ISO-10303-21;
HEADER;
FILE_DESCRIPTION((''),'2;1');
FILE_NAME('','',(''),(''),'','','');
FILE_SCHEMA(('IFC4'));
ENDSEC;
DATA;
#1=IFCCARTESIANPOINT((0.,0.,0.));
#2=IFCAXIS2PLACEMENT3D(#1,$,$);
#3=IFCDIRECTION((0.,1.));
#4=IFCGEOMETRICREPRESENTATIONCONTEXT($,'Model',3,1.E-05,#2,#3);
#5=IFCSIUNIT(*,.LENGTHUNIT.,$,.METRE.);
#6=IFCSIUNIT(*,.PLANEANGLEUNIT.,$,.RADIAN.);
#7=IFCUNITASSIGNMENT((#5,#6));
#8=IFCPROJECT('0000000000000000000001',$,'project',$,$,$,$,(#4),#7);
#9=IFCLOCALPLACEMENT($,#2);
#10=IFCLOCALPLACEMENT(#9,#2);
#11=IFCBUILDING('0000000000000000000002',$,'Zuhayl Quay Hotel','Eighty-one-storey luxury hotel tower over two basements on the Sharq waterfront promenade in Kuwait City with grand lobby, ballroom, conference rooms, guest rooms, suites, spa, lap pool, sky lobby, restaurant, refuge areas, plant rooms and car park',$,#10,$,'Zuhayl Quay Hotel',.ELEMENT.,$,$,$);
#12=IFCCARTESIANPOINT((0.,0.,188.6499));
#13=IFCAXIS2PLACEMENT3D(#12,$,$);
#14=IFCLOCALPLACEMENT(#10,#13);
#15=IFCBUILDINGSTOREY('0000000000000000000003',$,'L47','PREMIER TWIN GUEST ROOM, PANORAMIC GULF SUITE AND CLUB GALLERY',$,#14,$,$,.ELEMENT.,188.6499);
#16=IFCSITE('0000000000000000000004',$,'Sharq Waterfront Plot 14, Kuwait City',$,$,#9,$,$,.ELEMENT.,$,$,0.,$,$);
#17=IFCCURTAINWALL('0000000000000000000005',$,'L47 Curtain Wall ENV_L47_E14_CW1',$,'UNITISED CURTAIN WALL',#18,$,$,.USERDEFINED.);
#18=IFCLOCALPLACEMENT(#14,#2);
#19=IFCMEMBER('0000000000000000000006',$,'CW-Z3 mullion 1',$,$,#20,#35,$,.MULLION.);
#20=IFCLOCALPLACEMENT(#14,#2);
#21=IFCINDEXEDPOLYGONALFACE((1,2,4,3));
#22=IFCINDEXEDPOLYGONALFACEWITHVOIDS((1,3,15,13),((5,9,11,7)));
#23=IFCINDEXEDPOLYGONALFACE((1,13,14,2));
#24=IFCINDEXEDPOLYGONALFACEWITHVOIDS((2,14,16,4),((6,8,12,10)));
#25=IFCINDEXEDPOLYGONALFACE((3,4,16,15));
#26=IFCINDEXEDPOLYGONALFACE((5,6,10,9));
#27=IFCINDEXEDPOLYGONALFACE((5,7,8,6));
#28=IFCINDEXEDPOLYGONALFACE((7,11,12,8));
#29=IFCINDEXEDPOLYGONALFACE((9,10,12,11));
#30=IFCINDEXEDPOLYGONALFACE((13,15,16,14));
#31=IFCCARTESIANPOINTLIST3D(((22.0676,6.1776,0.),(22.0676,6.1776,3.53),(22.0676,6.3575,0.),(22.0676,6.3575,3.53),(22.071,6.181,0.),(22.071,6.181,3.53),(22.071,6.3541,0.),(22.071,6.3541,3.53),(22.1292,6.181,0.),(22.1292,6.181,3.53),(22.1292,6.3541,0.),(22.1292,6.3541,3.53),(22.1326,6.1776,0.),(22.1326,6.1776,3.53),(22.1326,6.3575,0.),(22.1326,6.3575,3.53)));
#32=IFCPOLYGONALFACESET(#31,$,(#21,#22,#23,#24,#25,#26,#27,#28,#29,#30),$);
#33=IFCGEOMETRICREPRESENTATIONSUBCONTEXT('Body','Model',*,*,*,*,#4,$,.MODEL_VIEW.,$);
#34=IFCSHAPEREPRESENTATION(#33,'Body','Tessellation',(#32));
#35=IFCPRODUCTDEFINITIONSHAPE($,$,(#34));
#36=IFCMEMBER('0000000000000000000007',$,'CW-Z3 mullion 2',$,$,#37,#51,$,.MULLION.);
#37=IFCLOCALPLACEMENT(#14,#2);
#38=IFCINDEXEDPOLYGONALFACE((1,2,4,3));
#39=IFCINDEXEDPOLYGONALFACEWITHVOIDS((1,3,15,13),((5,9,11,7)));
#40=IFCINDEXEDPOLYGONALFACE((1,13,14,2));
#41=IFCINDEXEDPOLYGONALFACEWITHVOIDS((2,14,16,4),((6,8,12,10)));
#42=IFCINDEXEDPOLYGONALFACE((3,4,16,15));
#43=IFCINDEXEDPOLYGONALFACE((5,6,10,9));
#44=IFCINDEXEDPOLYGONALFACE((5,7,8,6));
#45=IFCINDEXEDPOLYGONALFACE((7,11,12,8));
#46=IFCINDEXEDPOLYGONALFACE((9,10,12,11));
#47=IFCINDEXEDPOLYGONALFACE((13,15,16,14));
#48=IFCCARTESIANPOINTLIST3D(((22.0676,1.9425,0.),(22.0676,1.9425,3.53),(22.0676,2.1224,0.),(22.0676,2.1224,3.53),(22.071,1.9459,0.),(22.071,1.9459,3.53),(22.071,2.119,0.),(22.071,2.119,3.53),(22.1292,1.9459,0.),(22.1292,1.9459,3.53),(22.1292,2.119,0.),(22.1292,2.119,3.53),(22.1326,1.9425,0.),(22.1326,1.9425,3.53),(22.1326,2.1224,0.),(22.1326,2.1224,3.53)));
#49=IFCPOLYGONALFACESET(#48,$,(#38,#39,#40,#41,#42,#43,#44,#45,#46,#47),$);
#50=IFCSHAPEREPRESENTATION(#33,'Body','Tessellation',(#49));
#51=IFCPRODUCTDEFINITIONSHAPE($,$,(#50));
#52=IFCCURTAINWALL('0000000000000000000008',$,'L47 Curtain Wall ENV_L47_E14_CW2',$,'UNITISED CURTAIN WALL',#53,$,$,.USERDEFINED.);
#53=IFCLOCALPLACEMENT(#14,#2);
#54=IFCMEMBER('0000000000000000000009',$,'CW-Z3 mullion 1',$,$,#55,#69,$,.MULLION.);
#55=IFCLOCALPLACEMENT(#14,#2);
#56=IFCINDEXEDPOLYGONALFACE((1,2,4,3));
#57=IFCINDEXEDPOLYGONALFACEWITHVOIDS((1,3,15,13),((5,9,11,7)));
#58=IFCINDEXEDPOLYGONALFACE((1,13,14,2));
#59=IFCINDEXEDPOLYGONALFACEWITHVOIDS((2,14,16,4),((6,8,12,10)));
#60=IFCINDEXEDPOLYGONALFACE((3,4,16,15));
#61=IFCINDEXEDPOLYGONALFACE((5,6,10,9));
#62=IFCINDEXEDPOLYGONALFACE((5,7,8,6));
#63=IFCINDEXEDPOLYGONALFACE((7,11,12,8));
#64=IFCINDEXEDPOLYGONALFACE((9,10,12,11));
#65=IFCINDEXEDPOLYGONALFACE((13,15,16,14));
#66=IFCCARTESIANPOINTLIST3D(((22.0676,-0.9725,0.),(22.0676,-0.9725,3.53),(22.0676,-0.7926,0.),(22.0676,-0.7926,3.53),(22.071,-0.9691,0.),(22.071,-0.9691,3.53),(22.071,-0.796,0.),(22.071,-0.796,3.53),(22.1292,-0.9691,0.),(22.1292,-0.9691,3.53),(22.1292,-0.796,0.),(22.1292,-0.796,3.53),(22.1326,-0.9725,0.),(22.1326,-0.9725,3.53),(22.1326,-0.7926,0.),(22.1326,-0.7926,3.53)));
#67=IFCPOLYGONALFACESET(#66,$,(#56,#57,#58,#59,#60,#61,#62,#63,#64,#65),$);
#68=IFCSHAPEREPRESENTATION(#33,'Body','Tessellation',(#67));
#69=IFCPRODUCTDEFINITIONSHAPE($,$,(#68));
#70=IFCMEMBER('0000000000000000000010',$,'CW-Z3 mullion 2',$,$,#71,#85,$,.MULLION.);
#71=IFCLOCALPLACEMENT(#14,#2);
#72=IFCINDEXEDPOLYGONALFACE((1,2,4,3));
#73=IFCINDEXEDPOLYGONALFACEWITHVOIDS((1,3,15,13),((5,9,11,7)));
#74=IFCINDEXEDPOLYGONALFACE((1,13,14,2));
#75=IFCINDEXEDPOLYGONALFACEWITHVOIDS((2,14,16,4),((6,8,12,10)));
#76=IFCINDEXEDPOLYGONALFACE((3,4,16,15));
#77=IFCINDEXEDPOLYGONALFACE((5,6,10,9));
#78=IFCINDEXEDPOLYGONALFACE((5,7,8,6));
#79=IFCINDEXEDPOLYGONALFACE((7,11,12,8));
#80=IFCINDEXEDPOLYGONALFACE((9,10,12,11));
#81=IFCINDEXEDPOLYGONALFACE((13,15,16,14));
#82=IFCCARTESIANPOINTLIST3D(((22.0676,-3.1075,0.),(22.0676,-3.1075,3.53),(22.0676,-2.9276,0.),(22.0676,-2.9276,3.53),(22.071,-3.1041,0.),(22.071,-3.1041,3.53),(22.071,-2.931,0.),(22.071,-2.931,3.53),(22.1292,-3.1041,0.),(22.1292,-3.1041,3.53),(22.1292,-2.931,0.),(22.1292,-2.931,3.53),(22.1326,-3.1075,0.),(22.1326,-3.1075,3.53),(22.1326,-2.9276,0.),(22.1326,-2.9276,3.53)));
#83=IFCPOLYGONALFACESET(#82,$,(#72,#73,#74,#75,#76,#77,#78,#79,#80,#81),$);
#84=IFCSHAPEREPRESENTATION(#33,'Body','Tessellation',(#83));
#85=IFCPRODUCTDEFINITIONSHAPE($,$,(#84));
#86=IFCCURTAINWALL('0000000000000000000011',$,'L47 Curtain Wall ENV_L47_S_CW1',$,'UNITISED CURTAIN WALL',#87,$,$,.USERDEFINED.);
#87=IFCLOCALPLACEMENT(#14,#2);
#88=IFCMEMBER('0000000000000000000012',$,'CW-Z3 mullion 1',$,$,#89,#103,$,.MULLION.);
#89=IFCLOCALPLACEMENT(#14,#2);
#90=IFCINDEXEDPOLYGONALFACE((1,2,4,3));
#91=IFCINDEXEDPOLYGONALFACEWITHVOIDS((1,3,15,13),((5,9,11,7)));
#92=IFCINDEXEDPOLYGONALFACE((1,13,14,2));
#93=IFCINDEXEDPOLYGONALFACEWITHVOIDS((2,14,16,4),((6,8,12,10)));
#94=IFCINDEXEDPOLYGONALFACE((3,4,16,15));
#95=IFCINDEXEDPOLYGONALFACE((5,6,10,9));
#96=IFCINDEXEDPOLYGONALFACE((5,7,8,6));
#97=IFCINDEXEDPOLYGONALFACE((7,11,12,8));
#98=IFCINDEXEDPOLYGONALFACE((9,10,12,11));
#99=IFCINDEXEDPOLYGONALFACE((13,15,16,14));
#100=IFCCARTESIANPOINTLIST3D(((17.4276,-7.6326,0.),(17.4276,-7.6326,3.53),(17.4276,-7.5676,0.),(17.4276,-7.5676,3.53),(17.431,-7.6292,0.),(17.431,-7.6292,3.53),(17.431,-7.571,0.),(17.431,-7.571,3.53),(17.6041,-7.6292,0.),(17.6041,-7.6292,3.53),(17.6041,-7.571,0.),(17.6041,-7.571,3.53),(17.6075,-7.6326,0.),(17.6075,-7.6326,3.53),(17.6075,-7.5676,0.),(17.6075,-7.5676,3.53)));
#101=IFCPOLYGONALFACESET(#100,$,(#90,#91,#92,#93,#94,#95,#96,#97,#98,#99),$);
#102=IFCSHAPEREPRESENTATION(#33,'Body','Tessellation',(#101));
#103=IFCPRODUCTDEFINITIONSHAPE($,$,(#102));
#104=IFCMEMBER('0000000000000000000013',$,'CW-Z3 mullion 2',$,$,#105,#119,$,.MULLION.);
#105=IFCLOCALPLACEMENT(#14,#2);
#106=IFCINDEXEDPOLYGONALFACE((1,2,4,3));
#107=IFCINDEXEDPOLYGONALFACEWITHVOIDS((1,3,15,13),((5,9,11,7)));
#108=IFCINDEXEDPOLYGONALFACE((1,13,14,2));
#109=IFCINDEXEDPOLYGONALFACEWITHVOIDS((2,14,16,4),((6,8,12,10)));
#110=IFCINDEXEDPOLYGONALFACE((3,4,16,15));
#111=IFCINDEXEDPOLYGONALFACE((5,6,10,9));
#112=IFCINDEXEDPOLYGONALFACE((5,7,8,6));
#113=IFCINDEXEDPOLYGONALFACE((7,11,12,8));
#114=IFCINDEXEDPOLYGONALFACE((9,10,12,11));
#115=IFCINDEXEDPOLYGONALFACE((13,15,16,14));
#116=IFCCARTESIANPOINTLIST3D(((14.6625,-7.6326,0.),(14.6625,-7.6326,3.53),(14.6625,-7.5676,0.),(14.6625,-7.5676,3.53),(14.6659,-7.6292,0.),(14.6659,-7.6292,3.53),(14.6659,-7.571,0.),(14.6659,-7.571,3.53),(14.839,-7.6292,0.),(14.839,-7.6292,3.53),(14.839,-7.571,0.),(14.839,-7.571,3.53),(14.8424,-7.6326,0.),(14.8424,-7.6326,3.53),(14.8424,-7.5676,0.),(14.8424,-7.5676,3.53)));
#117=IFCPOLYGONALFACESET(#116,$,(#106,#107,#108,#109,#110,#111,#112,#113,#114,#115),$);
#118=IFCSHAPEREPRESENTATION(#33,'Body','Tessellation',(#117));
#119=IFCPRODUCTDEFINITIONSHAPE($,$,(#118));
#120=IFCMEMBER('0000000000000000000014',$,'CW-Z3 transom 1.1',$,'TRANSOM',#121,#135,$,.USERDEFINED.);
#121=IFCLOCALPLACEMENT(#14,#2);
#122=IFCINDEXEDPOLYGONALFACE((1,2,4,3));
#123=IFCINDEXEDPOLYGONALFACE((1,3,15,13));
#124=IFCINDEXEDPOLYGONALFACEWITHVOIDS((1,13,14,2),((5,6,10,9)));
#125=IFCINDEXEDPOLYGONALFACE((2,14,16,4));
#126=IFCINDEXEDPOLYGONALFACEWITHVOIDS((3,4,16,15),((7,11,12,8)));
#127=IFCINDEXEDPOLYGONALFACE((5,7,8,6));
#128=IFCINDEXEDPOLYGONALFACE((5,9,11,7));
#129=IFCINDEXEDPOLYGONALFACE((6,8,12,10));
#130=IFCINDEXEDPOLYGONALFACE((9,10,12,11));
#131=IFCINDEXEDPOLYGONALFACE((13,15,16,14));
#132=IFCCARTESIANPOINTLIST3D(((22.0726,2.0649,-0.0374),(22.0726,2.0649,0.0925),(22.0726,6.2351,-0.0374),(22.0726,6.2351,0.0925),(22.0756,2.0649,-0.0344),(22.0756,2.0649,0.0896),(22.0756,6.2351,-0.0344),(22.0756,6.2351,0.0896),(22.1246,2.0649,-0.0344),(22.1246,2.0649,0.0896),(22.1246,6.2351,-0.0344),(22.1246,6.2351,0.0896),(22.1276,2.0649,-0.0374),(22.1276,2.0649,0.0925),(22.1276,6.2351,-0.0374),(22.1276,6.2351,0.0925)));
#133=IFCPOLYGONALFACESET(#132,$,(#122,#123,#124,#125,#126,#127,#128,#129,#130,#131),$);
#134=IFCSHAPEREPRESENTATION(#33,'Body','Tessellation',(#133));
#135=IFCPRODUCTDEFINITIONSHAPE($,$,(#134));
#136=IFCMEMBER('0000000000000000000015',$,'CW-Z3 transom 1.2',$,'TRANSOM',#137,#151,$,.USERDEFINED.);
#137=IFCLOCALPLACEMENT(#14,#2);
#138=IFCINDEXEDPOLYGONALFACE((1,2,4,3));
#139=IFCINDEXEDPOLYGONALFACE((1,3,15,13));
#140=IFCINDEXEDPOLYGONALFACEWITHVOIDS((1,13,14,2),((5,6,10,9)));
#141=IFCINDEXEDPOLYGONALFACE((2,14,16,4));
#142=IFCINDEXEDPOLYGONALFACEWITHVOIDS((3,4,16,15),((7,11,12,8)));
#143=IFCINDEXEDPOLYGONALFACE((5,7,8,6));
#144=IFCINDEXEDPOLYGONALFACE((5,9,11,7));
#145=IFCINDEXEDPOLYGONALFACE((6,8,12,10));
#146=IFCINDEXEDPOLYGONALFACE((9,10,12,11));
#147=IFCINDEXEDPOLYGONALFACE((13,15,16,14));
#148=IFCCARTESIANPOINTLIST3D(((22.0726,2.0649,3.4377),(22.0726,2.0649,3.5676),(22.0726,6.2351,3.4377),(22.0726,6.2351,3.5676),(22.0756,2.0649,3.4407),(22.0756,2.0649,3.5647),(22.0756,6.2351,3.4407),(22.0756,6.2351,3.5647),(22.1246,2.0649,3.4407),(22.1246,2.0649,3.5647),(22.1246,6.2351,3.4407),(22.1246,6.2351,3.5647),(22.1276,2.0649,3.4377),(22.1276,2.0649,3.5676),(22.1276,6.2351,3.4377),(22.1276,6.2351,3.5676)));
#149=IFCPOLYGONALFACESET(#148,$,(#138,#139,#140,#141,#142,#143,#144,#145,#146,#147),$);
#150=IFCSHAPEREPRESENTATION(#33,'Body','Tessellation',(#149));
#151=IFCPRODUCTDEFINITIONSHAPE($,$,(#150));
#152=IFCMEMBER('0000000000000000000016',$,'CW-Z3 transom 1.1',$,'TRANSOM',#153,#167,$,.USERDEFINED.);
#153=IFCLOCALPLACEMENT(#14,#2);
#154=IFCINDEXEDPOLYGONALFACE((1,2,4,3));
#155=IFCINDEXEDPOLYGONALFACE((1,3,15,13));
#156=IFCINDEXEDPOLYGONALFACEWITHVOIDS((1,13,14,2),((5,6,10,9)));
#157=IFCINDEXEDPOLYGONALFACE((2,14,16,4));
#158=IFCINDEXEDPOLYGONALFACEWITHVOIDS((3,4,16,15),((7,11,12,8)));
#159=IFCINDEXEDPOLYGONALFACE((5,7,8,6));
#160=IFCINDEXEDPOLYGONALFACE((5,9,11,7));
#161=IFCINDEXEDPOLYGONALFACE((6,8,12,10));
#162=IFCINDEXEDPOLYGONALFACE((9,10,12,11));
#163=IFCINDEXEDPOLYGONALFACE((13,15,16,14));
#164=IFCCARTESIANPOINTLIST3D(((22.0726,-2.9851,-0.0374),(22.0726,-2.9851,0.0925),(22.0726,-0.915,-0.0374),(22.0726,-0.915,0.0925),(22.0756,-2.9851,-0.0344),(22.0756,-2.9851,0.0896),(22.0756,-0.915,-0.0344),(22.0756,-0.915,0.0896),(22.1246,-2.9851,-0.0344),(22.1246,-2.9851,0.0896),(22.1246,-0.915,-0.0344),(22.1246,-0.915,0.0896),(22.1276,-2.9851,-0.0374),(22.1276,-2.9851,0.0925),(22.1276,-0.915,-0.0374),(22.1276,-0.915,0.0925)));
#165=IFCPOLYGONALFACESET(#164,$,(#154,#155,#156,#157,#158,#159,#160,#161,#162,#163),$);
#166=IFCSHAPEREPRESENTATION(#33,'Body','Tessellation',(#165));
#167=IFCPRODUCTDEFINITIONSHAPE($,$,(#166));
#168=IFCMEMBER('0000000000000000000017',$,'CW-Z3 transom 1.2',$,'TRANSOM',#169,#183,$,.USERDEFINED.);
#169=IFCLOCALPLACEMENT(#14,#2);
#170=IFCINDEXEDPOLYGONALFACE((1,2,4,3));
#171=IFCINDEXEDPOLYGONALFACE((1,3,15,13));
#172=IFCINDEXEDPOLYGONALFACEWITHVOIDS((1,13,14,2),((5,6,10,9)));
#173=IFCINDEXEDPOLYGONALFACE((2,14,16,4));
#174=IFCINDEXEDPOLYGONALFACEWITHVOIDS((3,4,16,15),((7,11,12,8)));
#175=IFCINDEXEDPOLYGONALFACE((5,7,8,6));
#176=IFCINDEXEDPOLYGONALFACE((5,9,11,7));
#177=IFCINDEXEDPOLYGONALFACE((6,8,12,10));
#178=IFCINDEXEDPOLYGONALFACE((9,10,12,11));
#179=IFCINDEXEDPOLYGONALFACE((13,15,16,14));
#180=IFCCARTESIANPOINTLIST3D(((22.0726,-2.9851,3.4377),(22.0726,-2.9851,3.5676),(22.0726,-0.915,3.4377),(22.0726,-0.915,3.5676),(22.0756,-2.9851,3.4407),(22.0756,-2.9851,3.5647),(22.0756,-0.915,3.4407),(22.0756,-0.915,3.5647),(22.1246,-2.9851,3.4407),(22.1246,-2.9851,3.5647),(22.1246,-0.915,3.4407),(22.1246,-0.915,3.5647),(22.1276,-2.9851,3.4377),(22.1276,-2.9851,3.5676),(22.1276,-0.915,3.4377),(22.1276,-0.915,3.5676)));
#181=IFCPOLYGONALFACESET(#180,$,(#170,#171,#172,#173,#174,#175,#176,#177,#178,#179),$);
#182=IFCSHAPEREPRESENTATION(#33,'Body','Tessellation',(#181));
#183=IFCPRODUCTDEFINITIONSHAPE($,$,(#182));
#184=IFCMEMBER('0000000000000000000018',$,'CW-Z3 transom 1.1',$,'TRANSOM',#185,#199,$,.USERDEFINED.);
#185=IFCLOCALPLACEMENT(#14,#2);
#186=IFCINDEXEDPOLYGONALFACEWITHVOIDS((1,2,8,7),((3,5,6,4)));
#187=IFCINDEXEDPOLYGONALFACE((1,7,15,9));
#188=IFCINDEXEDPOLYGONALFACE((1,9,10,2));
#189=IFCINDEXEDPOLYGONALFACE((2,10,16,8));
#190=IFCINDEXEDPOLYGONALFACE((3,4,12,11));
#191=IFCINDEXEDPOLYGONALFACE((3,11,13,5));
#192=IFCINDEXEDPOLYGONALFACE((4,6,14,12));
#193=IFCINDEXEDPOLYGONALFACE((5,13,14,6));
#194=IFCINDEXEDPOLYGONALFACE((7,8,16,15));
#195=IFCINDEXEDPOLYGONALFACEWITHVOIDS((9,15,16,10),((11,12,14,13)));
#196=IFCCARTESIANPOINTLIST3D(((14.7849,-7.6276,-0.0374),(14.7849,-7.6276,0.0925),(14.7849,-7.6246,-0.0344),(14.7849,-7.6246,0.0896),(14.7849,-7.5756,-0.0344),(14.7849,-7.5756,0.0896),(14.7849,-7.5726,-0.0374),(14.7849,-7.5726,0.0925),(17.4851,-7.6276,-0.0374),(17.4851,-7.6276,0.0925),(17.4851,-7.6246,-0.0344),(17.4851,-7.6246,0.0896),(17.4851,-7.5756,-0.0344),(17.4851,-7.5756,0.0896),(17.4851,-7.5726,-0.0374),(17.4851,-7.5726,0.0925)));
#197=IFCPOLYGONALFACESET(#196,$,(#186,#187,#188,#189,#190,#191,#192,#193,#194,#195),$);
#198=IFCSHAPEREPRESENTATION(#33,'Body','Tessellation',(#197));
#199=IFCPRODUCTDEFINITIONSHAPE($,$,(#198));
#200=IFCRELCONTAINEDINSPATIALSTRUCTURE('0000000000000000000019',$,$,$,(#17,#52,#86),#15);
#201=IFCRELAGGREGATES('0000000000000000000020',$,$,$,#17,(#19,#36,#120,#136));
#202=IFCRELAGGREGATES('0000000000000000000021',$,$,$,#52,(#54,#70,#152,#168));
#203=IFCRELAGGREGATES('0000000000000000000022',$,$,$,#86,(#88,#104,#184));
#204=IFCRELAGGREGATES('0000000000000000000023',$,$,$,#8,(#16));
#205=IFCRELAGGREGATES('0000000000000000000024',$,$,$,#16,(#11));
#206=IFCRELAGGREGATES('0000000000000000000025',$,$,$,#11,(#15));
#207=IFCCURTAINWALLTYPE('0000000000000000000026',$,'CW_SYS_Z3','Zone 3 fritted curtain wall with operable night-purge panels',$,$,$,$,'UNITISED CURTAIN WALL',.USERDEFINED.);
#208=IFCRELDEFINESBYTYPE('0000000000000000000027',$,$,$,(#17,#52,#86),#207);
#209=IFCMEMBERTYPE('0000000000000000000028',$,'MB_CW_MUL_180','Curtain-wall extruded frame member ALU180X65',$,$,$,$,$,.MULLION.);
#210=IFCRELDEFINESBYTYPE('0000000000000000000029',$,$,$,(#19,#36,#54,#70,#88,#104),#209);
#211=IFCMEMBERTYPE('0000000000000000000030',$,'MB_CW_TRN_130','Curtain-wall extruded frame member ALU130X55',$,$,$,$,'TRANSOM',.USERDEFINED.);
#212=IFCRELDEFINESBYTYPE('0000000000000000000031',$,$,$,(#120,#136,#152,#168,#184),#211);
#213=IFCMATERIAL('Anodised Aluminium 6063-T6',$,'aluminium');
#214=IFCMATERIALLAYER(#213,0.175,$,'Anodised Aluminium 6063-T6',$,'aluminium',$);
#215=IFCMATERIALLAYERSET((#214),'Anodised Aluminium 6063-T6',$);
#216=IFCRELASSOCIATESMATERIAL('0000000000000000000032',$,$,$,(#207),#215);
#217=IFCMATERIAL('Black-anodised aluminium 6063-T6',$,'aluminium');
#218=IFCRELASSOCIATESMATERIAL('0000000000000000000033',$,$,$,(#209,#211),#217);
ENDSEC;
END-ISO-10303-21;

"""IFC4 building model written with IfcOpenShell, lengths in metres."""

from ifc_helpers import new_model, si_unit, direction, frame, origin, origin_2d, place, context, subcontext, project, spatial, hollow_rectangle, extrude, material, layer, layer_set, material_profile, profile_set, type_object, element, aggregate, save


model = new_model("IFC4")

# Units and contexts
model_context = context("Model", 3, precision=1e-05, world=origin(), true_north=direction((0.0, 1.0)))
body_context = subcontext(model_context, "Body", "Model", "MODEL_VIEW")
ifc_project = project(units=[si_unit("LENGTHUNIT", "METRE"), si_unit("PLANEANGLEUNIT", "RADIAN")], contexts=[model_context])

# Site, building, storey
site_placement = place(None, origin())
site = spatial("IfcSite", under=ifc_project, at=site_placement, Name="Sharq Waterfront Plot 14, Kuwait City", CompositionType="ELEMENT", RefElevation=0.0)
building_placement = place(site_placement, origin())
building = spatial("IfcBuilding", under=site, at=building_placement, Name="Zuhayl Quay Hotel", Description="Eighty-one-storey luxury hotel tower over two basements on the Sharq waterfront promenade in Kuwait City with grand lobby, ballroom, conference rooms, guest rooms, suites, spa, lap pool, sky lobby, restaurant, refuge areas, plant rooms and car park", LongName="Zuhayl Quay Hotel", CompositionType="ELEMENT")
storey_placement = place(building_placement, frame((0.0, 0.0, 188.6499)))
storey = spatial("IfcBuildingStorey", under=building, at=storey_placement, Name="L47", Description="PREMIER TWIN GUEST ROOM, PANORAMIC GULF SUITE AND CLUB GALLERY", CompositionType="ELEMENT", Elevation=188.6499)

# Curtain walls, members
ifc_material_1 = material(Name="Anodised Aluminium 6063-T6", Category="aluminium")
ifc_layer_1 = layer(ifc_material_1, 0.175, Name="Anodised Aluminium 6063-T6", Category="aluminium")
ifc_layer_set_1 = layer_set([ifc_layer_1], Name="Anodised Aluminium 6063-T6")
curtain_wall_type = type_object("IfcCurtainWallType", Name="CW_SYS_Z3", Description="Zone 3 fritted curtain wall with operable night-purge panels", ElementType="UNITISED CURTAIN WALL", PredefinedType="USERDEFINED", material=ifc_layer_set_1)
curtain_wall_1_placement = place(storey_placement, origin())
curtain_wall_1 = element("IfcCurtainWall", 1, at=curtain_wall_1_placement, inside=storey, type_object=curtain_wall_type, Name="L47 Curtain Wall ENV_L47_E14_CW1", ObjectType="UNITISED CURTAIN WALL", PredefinedType="USERDEFINED")
ifc_material_2 = material(Name="Black-anodised aluminium 6063-T6", Category="aluminium")
ifc_material_profile_1 = material_profile(ifc_material_2, hollow_rectangle(XDim=0.0649, YDim=0.1799, WallThickness=0.0034, at=origin_2d()), Name="ALU180X65")
ifc_profile_set_1 = profile_set([ifc_material_profile_1], Name="Black-anodised aluminium 6063-T6")
member_type_1 = type_object("IfcMemberType", Name="MB_CW_MUL_180", Description="Curtain-wall extruded frame member ALU180X65", PredefinedType="MULLION", material=ifc_profile_set_1)
member_1_placement = place(storey_placement, frame((22.1001, 6.2676, 0.0), z_axis=(0.0, 0.0, 1.0), x_axis=(1.0, 0.0, 0.0)))
member_1 = element("IfcMember", 2, at=member_1_placement, type_object=member_type_1, Name="CW-Z3 mullion 1", PredefinedType="MULLION", context=body_context, shape_type="SweptSolid", body=[
    extrude(hollow_rectangle(XDim=0.0649, YDim=0.1799, WallThickness=0.0034, at=origin_2d()), origin(), (0.0, 0.0, 1.0), 3.53),
])
member_2_placement = place(storey_placement, frame((22.1001, 2.0325, 0.0), z_axis=(0.0, 0.0, 1.0), x_axis=(1.0, 0.0, 0.0)))
member_2 = element("IfcMember", 3, at=member_2_placement, type_object=member_type_1, Name="CW-Z3 mullion 2", PredefinedType="MULLION", context=body_context, shape_type="SweptSolid", body=[
    extrude(hollow_rectangle(XDim=0.0649, YDim=0.1799, WallThickness=0.0034, at=origin_2d()), origin(), (0.0, 0.0, 1.0), 3.53),
])
curtain_wall_2_placement = place(storey_placement, origin())
curtain_wall_2 = element("IfcCurtainWall", 4, at=curtain_wall_2_placement, inside=storey, type_object=curtain_wall_type, Name="L47 Curtain Wall ENV_L47_E14_CW2", ObjectType="UNITISED CURTAIN WALL", PredefinedType="USERDEFINED")
member_3_placement = place(storey_placement, frame((22.1001, -0.8826, 0.0), z_axis=(0.0, 0.0, 1.0), x_axis=(1.0, 0.0, 0.0)))
member_3 = element("IfcMember", 5, at=member_3_placement, type_object=member_type_1, Name="CW-Z3 mullion 1", PredefinedType="MULLION", context=body_context, shape_type="SweptSolid", body=[
    extrude(hollow_rectangle(XDim=0.0649, YDim=0.1799, WallThickness=0.0034, at=origin_2d()), origin(), (0.0, 0.0, 1.0), 3.53),
])
member_4_placement = place(storey_placement, frame((22.1001, -3.0176, 0.0), z_axis=(0.0, 0.0, 1.0), x_axis=(1.0, 0.0, 0.0)))
member_4 = element("IfcMember", 6, at=member_4_placement, type_object=member_type_1, Name="CW-Z3 mullion 2", PredefinedType="MULLION", context=body_context, shape_type="SweptSolid", body=[
    extrude(hollow_rectangle(XDim=0.0649, YDim=0.1799, WallThickness=0.0034, at=origin_2d()), origin(), (0.0, 0.0, 1.0), 3.53),
])
curtain_wall_3_placement = place(storey_placement, origin())
curtain_wall_3 = element("IfcCurtainWall", 7, at=curtain_wall_3_placement, inside=storey, type_object=curtain_wall_type, Name="L47 Curtain Wall ENV_L47_S_CW1", ObjectType="UNITISED CURTAIN WALL", PredefinedType="USERDEFINED")
member_5_placement = place(storey_placement, frame((17.5176, -7.6001, 0.0), z_axis=(0.0, 0.0, 1.0), x_axis=(0.0, -1.0, 0.0)))
member_5 = element("IfcMember", 8, at=member_5_placement, type_object=member_type_1, Name="CW-Z3 mullion 1", PredefinedType="MULLION", context=body_context, shape_type="SweptSolid", body=[
    extrude(hollow_rectangle(XDim=0.0649, YDim=0.1799, WallThickness=0.0034, at=origin_2d()), origin(), (0.0, 0.0, 1.0), 3.53),
])
member_6_placement = place(storey_placement, frame((14.7524, -7.6001, 0.0), z_axis=(0.0, 0.0, 1.0), x_axis=(0.0, -1.0, 0.0)))
member_6 = element("IfcMember", 9, at=member_6_placement, type_object=member_type_1, Name="CW-Z3 mullion 2", PredefinedType="MULLION", context=body_context, shape_type="SweptSolid", body=[
    extrude(hollow_rectangle(XDim=0.0649, YDim=0.1799, WallThickness=0.0034, at=origin_2d()), origin(), (0.0, 0.0, 1.0), 3.53),
])

# Members
ifc_material_profile_2 = material_profile(ifc_material_2, hollow_rectangle(XDim=0.0549, YDim=0.1299, WallThickness=0.0029, at=origin_2d()), Name="ALU130X55")
ifc_profile_set_2 = profile_set([ifc_material_profile_2], Name="Black-anodised aluminium 6063-T6")
member_type_2 = type_object("IfcMemberType", Name="MB_CW_TRN_130", Description="Curtain-wall extruded frame member ALU130X55", ElementType="TRANSOM", PredefinedType="USERDEFINED", material=ifc_profile_set_2)
member_7_placement = place(storey_placement, frame((22.1001, 6.2351, 0.0276), z_axis=(0.0, -1.0, 0.0), x_axis=(1.0, 0.0, 0.0)))
member_7 = element("IfcMember", 10, at=member_7_placement, type_object=member_type_2, Name="CW-Z3 transom 1.1", ObjectType="TRANSOM", PredefinedType="USERDEFINED", context=body_context, shape_type="SweptSolid", body=[
    extrude(hollow_rectangle(XDim=0.0549, YDim=0.1299, WallThickness=0.0029, at=origin_2d()), origin(), (0.0, 0.0, 1.0), 4.1702),
])
member_8_placement = place(storey_placement, frame((22.1001, 6.2351, 3.5027), z_axis=(0.0, -1.0, 0.0), x_axis=(1.0, 0.0, 0.0)))
member_8 = element("IfcMember", 11, at=member_8_placement, type_object=member_type_2, Name="CW-Z3 transom 1.2", ObjectType="TRANSOM", PredefinedType="USERDEFINED", context=body_context, shape_type="SweptSolid", body=[
    extrude(hollow_rectangle(XDim=0.0549, YDim=0.1299, WallThickness=0.0029, at=origin_2d()), origin(), (0.0, 0.0, 1.0), 4.1702),
])
member_9_placement = place(storey_placement, frame((22.1001, -0.915, 0.0276), z_axis=(0.0, -1.0, 0.0), x_axis=(1.0, 0.0, 0.0)))
member_9 = element("IfcMember", 12, at=member_9_placement, type_object=member_type_2, Name="CW-Z3 transom 1.1", ObjectType="TRANSOM", PredefinedType="USERDEFINED", context=body_context, shape_type="SweptSolid", body=[
    extrude(hollow_rectangle(XDim=0.0549, YDim=0.1299, WallThickness=0.0029, at=origin_2d()), origin(), (0.0, 0.0, 1.0), 2.0701),
])
member_10_placement = place(storey_placement, frame((22.1001, -0.915, 3.5027), z_axis=(0.0, -1.0, 0.0), x_axis=(1.0, 0.0, 0.0)))
member_10 = element("IfcMember", 13, at=member_10_placement, type_object=member_type_2, Name="CW-Z3 transom 1.2", ObjectType="TRANSOM", PredefinedType="USERDEFINED", context=body_context, shape_type="SweptSolid", body=[
    extrude(hollow_rectangle(XDim=0.0549, YDim=0.1299, WallThickness=0.0029, at=origin_2d()), origin(), (0.0, 0.0, 1.0), 2.0701),
])
member_11_placement = place(storey_placement, frame((17.4851, -7.6001, 0.0276), z_axis=(-1.0, 0.0, 0.0), x_axis=(0.0, -1.0, 0.0)))
member_11 = element("IfcMember", 14, at=member_11_placement, type_object=member_type_2, Name="CW-Z3 transom 1.1", ObjectType="TRANSOM", PredefinedType="USERDEFINED", context=body_context, shape_type="SweptSolid", body=[
    extrude(hollow_rectangle(XDim=0.0549, YDim=0.1299, WallThickness=0.0029, at=origin_2d()), origin(), (0.0, 0.0, 1.0), 2.7002),
])

aggregate(curtain_wall_1, [member_1, member_2, member_7, member_8])
aggregate(curtain_wall_2, [member_3, member_4, member_9, member_10])
aggregate(curtain_wall_3, [member_5, member_6, member_11])

save(model, "model.ifc")
